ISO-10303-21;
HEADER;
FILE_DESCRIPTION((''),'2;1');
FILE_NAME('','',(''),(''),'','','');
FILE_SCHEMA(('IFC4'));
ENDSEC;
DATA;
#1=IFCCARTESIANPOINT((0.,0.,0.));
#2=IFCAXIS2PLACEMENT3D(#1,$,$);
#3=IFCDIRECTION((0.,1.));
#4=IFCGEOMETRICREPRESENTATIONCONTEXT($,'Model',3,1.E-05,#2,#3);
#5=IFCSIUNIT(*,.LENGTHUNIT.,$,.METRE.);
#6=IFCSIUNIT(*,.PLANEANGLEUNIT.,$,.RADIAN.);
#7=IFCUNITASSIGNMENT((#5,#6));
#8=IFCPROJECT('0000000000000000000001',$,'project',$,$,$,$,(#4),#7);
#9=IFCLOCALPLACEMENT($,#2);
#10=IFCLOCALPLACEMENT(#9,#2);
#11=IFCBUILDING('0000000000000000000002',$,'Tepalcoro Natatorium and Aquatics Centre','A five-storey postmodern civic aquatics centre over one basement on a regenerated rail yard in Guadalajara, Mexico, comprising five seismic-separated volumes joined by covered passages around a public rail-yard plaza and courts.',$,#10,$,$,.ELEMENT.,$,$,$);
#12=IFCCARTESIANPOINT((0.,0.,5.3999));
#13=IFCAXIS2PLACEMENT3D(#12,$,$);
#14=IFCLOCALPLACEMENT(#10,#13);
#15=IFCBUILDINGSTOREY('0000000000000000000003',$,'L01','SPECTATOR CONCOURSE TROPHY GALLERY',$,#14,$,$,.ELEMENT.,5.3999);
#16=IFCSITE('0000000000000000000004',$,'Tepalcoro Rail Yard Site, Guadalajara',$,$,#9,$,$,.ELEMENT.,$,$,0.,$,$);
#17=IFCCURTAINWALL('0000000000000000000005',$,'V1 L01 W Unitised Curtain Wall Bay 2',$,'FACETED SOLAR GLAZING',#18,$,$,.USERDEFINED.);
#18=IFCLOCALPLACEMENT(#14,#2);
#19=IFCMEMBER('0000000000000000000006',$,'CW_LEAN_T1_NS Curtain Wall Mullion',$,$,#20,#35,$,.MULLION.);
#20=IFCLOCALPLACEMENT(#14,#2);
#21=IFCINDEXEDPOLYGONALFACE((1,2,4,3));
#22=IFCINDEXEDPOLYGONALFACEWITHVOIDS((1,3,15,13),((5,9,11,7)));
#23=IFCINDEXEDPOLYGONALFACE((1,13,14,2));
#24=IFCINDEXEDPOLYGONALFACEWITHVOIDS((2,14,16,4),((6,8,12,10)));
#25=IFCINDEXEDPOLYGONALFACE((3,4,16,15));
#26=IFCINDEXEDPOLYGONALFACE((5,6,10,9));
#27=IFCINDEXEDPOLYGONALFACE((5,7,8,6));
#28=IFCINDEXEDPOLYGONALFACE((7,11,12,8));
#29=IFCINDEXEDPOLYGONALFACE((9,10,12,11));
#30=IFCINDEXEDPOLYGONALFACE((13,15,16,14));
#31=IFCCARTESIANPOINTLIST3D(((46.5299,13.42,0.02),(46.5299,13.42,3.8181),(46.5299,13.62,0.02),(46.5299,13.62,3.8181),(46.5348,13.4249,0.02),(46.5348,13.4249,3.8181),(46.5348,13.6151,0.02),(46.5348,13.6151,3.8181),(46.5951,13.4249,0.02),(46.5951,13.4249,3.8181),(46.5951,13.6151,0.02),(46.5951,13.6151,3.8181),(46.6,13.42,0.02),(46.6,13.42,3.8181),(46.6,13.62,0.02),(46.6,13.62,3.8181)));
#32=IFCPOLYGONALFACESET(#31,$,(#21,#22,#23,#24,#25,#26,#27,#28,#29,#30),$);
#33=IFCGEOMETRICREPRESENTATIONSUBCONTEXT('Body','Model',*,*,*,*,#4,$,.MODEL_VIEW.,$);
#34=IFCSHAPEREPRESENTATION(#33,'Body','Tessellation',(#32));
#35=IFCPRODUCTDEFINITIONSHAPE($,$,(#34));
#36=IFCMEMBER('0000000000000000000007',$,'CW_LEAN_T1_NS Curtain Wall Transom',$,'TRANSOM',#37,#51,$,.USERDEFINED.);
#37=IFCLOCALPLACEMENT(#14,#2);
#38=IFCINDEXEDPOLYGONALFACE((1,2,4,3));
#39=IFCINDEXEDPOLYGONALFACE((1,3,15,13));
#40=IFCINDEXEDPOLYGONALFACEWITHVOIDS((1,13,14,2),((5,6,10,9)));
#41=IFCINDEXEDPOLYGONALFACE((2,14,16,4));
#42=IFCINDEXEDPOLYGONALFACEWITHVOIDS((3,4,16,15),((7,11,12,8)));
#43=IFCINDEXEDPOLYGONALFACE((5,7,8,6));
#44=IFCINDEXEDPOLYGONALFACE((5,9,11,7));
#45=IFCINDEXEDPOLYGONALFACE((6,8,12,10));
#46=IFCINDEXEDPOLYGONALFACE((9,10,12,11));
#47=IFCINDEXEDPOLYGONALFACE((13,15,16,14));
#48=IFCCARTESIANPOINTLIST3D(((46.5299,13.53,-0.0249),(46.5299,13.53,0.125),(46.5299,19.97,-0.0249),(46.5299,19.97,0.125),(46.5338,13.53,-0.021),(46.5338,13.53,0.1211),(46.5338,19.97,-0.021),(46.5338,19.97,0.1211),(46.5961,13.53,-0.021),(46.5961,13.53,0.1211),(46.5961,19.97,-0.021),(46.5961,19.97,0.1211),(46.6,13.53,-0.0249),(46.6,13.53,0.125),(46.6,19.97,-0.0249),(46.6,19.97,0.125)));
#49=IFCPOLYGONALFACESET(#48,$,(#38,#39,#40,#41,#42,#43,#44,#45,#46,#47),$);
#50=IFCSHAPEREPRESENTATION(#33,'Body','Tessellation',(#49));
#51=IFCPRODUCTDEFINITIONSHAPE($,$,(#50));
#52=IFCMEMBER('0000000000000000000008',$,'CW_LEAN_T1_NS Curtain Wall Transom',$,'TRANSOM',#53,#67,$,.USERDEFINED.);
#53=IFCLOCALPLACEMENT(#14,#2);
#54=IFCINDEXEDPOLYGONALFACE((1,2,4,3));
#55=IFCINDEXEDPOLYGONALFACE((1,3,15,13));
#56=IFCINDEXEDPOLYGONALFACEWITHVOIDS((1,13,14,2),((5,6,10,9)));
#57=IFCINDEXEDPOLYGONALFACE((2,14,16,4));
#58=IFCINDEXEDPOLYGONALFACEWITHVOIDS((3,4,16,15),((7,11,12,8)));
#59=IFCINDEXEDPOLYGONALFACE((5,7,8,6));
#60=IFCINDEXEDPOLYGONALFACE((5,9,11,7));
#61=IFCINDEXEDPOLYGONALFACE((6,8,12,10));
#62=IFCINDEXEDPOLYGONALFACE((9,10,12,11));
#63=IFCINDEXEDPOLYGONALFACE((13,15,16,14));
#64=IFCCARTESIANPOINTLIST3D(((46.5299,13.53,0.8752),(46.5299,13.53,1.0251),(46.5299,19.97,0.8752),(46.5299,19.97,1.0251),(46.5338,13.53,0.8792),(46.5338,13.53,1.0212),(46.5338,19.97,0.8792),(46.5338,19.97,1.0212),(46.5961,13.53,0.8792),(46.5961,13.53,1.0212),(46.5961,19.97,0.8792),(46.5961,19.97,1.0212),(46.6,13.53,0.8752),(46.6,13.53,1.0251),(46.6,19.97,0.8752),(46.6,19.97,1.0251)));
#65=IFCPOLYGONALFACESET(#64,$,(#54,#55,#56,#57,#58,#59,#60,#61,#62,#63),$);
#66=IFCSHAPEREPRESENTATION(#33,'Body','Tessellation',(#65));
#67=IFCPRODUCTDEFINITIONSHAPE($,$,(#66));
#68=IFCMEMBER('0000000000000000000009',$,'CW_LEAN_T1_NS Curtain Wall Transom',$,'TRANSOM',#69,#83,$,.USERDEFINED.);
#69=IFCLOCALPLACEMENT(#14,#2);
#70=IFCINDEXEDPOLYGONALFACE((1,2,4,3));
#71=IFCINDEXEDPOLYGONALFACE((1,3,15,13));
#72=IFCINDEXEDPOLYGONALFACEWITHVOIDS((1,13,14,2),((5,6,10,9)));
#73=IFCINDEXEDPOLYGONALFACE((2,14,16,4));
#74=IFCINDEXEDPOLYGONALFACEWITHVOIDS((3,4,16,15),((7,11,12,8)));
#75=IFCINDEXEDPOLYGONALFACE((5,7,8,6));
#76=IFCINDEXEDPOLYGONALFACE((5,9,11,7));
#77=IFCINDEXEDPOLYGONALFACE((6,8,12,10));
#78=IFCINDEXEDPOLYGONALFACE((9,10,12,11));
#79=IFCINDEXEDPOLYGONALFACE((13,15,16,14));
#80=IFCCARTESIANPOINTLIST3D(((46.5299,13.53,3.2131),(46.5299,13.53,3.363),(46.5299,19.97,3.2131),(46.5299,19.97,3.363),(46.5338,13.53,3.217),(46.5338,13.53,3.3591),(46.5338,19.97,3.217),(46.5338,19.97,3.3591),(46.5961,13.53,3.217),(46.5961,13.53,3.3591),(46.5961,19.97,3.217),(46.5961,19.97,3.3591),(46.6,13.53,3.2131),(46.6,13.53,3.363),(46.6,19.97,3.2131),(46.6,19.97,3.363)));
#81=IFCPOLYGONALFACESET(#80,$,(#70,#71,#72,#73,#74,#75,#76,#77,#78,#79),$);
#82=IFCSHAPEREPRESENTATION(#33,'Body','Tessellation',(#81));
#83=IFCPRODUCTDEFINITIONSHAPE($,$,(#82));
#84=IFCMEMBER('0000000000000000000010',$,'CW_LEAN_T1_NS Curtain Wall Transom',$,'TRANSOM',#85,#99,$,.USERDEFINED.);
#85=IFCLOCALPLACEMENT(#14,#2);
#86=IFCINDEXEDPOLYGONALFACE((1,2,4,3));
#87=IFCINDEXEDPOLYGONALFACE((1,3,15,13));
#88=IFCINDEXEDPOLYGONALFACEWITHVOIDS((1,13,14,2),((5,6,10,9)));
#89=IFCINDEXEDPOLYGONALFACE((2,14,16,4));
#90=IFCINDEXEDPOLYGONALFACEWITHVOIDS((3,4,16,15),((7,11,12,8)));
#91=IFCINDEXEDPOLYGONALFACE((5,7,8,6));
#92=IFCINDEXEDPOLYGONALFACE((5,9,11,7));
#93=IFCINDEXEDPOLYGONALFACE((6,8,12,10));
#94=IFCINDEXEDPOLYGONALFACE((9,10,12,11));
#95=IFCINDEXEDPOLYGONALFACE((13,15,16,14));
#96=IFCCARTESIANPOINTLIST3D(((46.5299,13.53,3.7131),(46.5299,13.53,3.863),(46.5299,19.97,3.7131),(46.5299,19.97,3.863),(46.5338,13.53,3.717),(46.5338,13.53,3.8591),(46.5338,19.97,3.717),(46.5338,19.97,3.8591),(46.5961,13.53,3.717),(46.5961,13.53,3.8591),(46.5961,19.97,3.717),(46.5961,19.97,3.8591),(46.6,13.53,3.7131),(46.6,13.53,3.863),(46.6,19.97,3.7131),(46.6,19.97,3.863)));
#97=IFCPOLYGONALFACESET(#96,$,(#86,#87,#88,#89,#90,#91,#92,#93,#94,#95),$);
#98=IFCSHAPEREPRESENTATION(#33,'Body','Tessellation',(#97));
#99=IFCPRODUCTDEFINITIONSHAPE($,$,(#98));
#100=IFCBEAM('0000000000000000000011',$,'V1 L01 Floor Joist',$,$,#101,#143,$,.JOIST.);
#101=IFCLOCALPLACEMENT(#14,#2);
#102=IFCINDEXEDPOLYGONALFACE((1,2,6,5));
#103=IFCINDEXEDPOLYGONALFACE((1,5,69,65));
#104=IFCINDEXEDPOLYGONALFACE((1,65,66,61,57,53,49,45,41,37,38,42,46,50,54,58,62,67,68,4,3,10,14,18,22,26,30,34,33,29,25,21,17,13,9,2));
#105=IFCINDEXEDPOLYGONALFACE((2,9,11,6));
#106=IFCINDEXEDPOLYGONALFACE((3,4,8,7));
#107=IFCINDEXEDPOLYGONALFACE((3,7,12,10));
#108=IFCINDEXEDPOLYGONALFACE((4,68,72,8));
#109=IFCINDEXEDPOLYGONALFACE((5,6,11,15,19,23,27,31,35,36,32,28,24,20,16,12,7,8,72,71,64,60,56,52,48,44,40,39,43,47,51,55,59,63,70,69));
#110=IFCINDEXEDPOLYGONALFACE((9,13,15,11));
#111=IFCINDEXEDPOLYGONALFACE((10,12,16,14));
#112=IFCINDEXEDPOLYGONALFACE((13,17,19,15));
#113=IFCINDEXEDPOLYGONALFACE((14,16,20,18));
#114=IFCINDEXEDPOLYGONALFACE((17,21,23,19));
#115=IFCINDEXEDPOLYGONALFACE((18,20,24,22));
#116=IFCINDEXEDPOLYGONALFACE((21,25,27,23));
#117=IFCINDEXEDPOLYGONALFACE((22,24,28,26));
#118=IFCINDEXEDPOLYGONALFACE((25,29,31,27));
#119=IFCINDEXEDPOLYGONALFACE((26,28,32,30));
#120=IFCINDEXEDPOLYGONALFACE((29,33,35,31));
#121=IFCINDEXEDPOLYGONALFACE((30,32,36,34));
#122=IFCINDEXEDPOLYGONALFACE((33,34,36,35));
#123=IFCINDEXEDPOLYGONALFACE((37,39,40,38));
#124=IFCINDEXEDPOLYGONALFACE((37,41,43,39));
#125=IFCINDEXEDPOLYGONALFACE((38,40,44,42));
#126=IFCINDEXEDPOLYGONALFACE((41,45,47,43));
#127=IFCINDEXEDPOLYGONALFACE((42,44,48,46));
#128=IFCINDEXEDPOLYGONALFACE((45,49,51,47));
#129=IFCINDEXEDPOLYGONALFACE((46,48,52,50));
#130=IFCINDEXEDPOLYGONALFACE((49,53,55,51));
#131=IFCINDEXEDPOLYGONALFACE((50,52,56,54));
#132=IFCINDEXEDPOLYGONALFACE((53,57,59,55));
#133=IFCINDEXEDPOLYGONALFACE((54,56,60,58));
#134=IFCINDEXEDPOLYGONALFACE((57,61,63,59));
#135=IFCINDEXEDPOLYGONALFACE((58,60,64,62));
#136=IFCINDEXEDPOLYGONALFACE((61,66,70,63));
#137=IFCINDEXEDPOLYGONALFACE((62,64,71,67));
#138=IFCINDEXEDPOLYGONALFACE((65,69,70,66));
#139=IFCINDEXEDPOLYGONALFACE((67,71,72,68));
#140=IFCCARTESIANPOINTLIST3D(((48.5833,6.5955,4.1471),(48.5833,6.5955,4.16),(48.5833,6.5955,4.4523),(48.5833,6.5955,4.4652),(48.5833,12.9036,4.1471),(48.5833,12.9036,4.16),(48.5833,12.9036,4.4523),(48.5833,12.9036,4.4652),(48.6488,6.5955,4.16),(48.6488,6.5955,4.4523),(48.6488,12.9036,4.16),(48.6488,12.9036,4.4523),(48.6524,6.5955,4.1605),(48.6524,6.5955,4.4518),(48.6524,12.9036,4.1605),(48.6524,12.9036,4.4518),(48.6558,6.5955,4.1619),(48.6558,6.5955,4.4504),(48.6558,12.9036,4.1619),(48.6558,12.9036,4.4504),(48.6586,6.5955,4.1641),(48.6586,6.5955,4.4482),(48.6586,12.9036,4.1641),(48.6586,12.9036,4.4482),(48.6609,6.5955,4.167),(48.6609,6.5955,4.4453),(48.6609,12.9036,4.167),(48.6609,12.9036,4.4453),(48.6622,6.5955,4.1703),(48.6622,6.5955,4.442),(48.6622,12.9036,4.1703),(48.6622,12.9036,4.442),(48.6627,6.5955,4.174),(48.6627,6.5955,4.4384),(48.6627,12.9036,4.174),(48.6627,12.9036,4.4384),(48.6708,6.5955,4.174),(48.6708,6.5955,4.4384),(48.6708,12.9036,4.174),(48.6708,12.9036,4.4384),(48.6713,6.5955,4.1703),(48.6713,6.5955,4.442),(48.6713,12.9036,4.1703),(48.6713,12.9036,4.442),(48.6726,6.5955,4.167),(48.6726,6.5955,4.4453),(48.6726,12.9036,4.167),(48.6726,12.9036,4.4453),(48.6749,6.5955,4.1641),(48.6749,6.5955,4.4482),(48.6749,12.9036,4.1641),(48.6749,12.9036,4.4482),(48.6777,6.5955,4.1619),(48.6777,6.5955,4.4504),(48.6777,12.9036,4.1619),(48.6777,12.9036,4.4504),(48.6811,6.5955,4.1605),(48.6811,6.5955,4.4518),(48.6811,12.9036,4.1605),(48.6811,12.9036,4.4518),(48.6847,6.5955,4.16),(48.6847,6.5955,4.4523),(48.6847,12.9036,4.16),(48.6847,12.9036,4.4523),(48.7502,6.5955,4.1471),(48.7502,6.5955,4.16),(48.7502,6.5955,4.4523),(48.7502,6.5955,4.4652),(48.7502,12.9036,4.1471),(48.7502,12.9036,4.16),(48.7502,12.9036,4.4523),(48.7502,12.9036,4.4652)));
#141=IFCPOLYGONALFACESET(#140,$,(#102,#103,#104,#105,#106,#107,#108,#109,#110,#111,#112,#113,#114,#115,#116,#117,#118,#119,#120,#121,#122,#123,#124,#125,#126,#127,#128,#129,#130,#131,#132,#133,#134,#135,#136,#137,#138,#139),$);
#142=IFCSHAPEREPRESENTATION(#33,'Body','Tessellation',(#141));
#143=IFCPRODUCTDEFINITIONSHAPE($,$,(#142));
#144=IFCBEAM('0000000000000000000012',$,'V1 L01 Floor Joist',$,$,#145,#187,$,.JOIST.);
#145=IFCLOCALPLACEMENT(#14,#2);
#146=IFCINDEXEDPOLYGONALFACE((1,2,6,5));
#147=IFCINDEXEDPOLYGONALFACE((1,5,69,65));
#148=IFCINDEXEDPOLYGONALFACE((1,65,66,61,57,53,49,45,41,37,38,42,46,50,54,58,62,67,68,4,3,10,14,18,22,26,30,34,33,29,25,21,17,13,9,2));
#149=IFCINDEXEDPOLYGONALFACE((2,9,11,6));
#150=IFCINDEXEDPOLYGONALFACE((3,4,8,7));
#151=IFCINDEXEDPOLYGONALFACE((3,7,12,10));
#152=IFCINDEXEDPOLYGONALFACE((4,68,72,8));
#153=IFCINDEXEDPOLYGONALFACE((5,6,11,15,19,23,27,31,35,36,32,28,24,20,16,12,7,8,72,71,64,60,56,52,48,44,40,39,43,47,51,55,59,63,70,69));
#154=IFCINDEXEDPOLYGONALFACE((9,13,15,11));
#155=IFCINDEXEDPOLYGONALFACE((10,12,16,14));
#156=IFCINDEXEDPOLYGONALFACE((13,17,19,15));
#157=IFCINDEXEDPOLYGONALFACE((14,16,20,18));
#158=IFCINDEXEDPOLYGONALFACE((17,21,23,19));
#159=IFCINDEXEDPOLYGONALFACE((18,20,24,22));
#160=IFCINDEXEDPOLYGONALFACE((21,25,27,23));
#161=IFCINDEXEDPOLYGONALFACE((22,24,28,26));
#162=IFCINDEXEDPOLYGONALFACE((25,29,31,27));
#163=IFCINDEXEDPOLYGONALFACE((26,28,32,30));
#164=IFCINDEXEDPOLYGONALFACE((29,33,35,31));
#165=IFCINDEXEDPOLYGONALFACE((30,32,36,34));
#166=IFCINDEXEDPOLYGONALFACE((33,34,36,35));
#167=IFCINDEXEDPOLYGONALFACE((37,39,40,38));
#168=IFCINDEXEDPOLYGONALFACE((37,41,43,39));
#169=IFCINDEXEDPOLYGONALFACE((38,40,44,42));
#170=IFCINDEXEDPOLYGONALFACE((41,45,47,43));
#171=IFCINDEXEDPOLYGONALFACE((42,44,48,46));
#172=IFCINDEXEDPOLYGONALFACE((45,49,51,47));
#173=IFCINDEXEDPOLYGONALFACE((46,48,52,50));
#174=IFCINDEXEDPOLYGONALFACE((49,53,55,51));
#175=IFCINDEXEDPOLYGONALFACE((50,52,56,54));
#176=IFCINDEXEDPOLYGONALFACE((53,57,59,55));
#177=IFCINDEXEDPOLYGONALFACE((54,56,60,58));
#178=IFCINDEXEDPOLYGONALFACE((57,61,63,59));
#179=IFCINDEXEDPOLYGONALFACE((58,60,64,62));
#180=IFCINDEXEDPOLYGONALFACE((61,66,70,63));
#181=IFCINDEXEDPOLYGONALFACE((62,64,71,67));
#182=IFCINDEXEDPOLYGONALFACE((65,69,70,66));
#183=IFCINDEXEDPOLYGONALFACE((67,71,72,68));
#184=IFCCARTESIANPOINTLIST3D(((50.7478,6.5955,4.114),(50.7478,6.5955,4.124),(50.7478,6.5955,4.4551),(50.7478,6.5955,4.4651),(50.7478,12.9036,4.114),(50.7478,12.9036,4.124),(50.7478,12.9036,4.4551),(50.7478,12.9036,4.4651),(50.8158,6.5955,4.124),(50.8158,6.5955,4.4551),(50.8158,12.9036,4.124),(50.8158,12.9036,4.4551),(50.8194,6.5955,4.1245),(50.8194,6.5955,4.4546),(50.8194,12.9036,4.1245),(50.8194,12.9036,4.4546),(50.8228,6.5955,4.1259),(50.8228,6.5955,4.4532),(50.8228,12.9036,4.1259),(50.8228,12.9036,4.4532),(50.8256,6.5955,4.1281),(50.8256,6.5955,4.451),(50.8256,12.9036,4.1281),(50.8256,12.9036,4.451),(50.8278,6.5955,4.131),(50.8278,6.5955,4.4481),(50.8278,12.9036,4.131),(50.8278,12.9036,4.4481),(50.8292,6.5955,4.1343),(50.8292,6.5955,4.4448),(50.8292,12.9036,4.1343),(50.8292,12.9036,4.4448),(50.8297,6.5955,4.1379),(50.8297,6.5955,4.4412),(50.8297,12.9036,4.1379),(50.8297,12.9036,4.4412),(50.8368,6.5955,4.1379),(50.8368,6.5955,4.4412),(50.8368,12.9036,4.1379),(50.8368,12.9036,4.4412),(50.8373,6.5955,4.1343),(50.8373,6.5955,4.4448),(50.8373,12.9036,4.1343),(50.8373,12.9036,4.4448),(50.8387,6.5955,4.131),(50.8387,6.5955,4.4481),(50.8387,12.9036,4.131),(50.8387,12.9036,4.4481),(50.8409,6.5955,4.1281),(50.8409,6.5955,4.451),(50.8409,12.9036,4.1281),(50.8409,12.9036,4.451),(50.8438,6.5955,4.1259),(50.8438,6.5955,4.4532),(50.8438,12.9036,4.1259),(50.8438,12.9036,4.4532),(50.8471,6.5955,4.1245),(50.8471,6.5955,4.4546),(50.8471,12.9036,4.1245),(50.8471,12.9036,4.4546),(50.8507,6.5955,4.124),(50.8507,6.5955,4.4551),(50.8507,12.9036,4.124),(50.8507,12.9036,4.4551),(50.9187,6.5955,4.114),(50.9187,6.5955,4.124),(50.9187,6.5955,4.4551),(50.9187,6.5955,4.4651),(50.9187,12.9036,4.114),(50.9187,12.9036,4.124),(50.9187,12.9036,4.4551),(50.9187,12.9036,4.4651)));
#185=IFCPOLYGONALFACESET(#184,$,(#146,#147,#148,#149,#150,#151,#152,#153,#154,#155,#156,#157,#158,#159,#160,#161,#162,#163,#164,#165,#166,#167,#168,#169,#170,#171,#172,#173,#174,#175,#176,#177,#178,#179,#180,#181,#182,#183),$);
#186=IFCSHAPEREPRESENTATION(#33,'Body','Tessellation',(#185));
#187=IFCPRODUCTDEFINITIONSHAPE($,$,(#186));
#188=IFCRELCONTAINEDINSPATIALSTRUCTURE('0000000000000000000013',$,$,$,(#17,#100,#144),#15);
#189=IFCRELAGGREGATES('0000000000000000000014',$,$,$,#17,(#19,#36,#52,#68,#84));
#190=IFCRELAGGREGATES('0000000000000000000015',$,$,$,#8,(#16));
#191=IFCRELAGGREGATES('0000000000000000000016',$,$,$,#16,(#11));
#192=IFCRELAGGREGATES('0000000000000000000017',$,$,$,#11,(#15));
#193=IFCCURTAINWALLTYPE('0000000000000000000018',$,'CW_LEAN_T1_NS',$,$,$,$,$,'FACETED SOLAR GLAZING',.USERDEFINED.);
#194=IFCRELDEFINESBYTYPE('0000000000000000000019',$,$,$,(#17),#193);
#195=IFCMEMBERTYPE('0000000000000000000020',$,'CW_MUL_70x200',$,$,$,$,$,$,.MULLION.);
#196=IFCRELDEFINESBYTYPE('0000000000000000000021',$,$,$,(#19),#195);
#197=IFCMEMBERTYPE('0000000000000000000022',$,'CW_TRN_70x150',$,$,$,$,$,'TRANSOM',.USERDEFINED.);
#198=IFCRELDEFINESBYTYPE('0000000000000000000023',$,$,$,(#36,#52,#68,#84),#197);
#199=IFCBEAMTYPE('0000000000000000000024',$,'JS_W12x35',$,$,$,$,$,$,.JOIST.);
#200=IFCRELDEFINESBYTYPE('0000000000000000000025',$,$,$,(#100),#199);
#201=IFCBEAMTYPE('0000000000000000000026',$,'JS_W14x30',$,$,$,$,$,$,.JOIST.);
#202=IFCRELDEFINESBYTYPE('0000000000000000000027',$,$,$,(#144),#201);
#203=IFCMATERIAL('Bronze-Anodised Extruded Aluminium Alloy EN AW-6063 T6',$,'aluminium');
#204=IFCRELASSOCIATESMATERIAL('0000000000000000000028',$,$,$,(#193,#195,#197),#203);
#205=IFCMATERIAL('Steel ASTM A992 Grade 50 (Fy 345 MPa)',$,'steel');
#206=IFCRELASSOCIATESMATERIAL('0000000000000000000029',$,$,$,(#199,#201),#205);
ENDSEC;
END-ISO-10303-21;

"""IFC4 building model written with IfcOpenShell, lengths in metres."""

from ifc_helpers import new_model, si_unit, direction, frame, origin, origin_2d, place, context, subcontext, project, spatial, hollow_rectangle, i_section, extrude, material, material_profile, profile_set, type_object, element, aggregate, save


model = new_model("IFC4")

# Units and contexts
model_context = context("Model", 3, precision=1e-05, world=origin(), true_north=direction((0.0, 1.0)))
body_context = subcontext(model_context, "Body", "Model", "MODEL_VIEW")
ifc_project = project(units=[si_unit("LENGTHUNIT", "METRE"), si_unit("PLANEANGLEUNIT", "RADIAN")], contexts=[model_context])

# Site, building, storey
site_placement = place(None, origin())
site = spatial("IfcSite", under=ifc_project, at=site_placement, Name="Tepalcoro Rail Yard Site, Guadalajara", CompositionType="ELEMENT", RefElevation=0.0)
building_placement = place(site_placement, origin())
building = spatial("IfcBuilding", under=site, at=building_placement, Name="Tepalcoro Natatorium and Aquatics Centre", Description="A five-storey postmodern civic aquatics centre over one basement on a regenerated rail yard in Guadalajara, Mexico, comprising five seismic-separated volumes joined by covered passages around a public rail-yard plaza and courts.", CompositionType="ELEMENT")
storey_placement = place(building_placement, frame((0.0, 0.0, 5.3999)))
storey = spatial("IfcBuildingStorey", under=building, at=storey_placement, Name="L01", Description="SPECTATOR CONCOURSE TROPHY GALLERY", CompositionType="ELEMENT", Elevation=5.3999)

# Shared definitions
ifc_material_1 = material(Name="Steel ASTM A992 Grade 50 (Fy 345 MPa)", Category="steel")

# Curtain wall, members
ifc_material_2 = material(Name="Bronze-Anodised Extruded Aluminium Alloy EN AW-6063 T6", Category="aluminium")
curtain_wall_type = type_object("IfcCurtainWallType", Name="CW_LEAN_T1_NS", ElementType="FACETED SOLAR GLAZING", PredefinedType="USERDEFINED", material=ifc_material_2)
curtain_wall_placement = place(storey_placement, origin())
curtain_wall = element("IfcCurtainWall", 1, at=curtain_wall_placement, inside=storey, type_object=curtain_wall_type, Name="V1 L01 W Unitised Curtain Wall Bay 2", ObjectType="FACETED SOLAR GLAZING", PredefinedType="USERDEFINED")
ifc_material_profile_1 = material_profile(ifc_material_2, hollow_rectangle(XDim=0.0701, YDim=0.2, WallThickness=0.0049, at=origin_2d()), Name="AL70X200X5")
ifc_profile_set_1 = profile_set([ifc_material_profile_1], Name="Bronze-Anodised Extruded Aluminium Alloy EN AW-6063 T6")
member_type_1 = type_object("IfcMemberType", Name="CW_MUL_70x200", PredefinedType="MULLION", material=ifc_profile_set_1)
member_1_placement = place(storey_placement, frame((46.5649, 13.52, 0.02), z_axis=(0.0, 0.0, 1.0), x_axis=(1.0, 0.0, 0.0)))
member_1 = element("IfcMember", 2, at=member_1_placement, type_object=member_type_1, Name="CW_LEAN_T1_NS Curtain Wall Mullion", PredefinedType="MULLION", context=body_context, shape_type="SweptSolid", body=[
    extrude(hollow_rectangle(XDim=0.0701, YDim=0.2, WallThickness=0.0049, at=origin_2d()), origin(), (0.0, 0.0, 1.0), 3.7981),
])
ifc_material_profile_2 = material_profile(ifc_material_2, hollow_rectangle(XDim=0.0701, YDim=0.1499, WallThickness=0.0039, at=origin_2d()), Name="AL70X150X4")
ifc_profile_set_2 = profile_set([ifc_material_profile_2], Name="Bronze-Anodised Extruded Aluminium Alloy EN AW-6063 T6")
member_type_2 = type_object("IfcMemberType", Name="CW_TRN_70x150", ElementType="TRANSOM", PredefinedType="USERDEFINED", material=ifc_profile_set_2)
member_2_placement = place(storey_placement, frame((46.5649, 13.53, 0.05), z_axis=(0.0, 1.0, 0.0), x_axis=(-1.0, 0.0, 0.0)))
member_2 = element("IfcMember", 3, at=member_2_placement, type_object=member_type_2, Name="CW_LEAN_T1_NS Curtain Wall Transom", ObjectType="TRANSOM", PredefinedType="USERDEFINED", context=body_context, shape_type="SweptSolid", body=[
    extrude(hollow_rectangle(XDim=0.0701, YDim=0.1499, WallThickness=0.0039, at=origin_2d()), origin(), (0.0, 0.0, 1.0), 6.4399),
])
member_3_placement = place(storey_placement, frame((46.5649, 13.53, 0.9502), z_axis=(0.0, 1.0, 0.0), x_axis=(-1.0, 0.0, 0.0)))
member_3 = element("IfcMember", 4, at=member_3_placement, type_object=member_type_2, Name="CW_LEAN_T1_NS Curtain Wall Transom", ObjectType="TRANSOM", PredefinedType="USERDEFINED", context=body_context, shape_type="SweptSolid", body=[
    extrude(hollow_rectangle(XDim=0.0701, YDim=0.1499, WallThickness=0.0039, at=origin_2d()), origin(), (0.0, 0.0, 1.0), 6.4399),
])
member_4_placement = place(storey_placement, frame((46.5649, 13.53, 3.2881), z_axis=(0.0, 1.0, 0.0), x_axis=(-1.0, 0.0, 0.0)))
member_4 = element("IfcMember", 5, at=member_4_placement, type_object=member_type_2, Name="CW_LEAN_T1_NS Curtain Wall Transom", ObjectType="TRANSOM", PredefinedType="USERDEFINED", context=body_context, shape_type="SweptSolid", body=[
    extrude(hollow_rectangle(XDim=0.0701, YDim=0.1499, WallThickness=0.0039, at=origin_2d()), origin(), (0.0, 0.0, 1.0), 6.4399),
])
member_5_placement = place(storey_placement, frame((46.5649, 13.53, 3.7881), z_axis=(0.0, 1.0, 0.0), x_axis=(-1.0, 0.0, 0.0)))
member_5 = element("IfcMember", 6, at=member_5_placement, type_object=member_type_2, Name="CW_LEAN_T1_NS Curtain Wall Transom", ObjectType="TRANSOM", PredefinedType="USERDEFINED", context=body_context, shape_type="SweptSolid", body=[
    extrude(hollow_rectangle(XDim=0.0701, YDim=0.1499, WallThickness=0.0039, at=origin_2d()), origin(), (0.0, 0.0, 1.0), 6.4399),
])

# Beams
ifc_material_profile_3 = material_profile(ifc_material_1, i_section(OverallWidth=0.167, OverallDepth=0.3181, WebThickness=0.0081, FlangeThickness=0.0129, FilletRadius=0.0139, at=origin_2d()), Name="W12X35")
ifc_profile_set_3 = profile_set([ifc_material_profile_3], Name="Steel ASTM A992 Grade 50 (Fy 345 MPa)")
beam_type_1 = type_object("IfcBeamType", Name="JS_W12x35", PredefinedType="JOIST", material=ifc_profile_set_3)
beam_1_placement = place(storey_placement, frame((48.6667, 6.5955, 4.3062), z_axis=(0.0, 1.0, 0.0), x_axis=(-1.0, 0.0, 0.0)))
element("IfcBeam", 7, at=beam_1_placement, inside=storey, type_object=beam_type_1, Name="V1 L01 Floor Joist", PredefinedType="JOIST", context=body_context, shape_type="SweptSolid", body=[
    extrude(i_section(OverallWidth=0.167, OverallDepth=0.3181, WebThickness=0.0081, FlangeThickness=0.0129, FilletRadius=0.0139, at=origin_2d()), origin(), (0.0, 0.0, 1.0), 6.3081),
])
ifc_material_profile_4 = material_profile(ifc_material_1, i_section(OverallWidth=0.1709, OverallDepth=0.3511, WebThickness=0.0071, FlangeThickness=0.01, FilletRadius=0.0139, at=origin_2d()), Name="W14X30")
ifc_profile_set_4 = profile_set([ifc_material_profile_4], Name="Steel ASTM A992 Grade 50 (Fy 345 MPa)")
beam_type_2 = type_object("IfcBeamType", Name="JS_W14x30", PredefinedType="JOIST", material=ifc_profile_set_4)
beam_2_placement = place(storey_placement, frame((50.8333, 6.5955, 4.2896), z_axis=(0.0, 1.0, 0.0), x_axis=(-1.0, 0.0, 0.0)))
element("IfcBeam", 8, at=beam_2_placement, inside=storey, type_object=beam_type_2, Name="V1 L01 Floor Joist", PredefinedType="JOIST", context=body_context, shape_type="SweptSolid", body=[
    extrude(i_section(OverallWidth=0.1709, OverallDepth=0.3511, WebThickness=0.0071, FlangeThickness=0.01, FilletRadius=0.0139, at=origin_2d()), origin(), (0.0, 0.0, 1.0), 6.3081),
])

aggregate(curtain_wall, [member_1, member_2, member_3, member_4, member_5])

save(model, "model.ifc")
